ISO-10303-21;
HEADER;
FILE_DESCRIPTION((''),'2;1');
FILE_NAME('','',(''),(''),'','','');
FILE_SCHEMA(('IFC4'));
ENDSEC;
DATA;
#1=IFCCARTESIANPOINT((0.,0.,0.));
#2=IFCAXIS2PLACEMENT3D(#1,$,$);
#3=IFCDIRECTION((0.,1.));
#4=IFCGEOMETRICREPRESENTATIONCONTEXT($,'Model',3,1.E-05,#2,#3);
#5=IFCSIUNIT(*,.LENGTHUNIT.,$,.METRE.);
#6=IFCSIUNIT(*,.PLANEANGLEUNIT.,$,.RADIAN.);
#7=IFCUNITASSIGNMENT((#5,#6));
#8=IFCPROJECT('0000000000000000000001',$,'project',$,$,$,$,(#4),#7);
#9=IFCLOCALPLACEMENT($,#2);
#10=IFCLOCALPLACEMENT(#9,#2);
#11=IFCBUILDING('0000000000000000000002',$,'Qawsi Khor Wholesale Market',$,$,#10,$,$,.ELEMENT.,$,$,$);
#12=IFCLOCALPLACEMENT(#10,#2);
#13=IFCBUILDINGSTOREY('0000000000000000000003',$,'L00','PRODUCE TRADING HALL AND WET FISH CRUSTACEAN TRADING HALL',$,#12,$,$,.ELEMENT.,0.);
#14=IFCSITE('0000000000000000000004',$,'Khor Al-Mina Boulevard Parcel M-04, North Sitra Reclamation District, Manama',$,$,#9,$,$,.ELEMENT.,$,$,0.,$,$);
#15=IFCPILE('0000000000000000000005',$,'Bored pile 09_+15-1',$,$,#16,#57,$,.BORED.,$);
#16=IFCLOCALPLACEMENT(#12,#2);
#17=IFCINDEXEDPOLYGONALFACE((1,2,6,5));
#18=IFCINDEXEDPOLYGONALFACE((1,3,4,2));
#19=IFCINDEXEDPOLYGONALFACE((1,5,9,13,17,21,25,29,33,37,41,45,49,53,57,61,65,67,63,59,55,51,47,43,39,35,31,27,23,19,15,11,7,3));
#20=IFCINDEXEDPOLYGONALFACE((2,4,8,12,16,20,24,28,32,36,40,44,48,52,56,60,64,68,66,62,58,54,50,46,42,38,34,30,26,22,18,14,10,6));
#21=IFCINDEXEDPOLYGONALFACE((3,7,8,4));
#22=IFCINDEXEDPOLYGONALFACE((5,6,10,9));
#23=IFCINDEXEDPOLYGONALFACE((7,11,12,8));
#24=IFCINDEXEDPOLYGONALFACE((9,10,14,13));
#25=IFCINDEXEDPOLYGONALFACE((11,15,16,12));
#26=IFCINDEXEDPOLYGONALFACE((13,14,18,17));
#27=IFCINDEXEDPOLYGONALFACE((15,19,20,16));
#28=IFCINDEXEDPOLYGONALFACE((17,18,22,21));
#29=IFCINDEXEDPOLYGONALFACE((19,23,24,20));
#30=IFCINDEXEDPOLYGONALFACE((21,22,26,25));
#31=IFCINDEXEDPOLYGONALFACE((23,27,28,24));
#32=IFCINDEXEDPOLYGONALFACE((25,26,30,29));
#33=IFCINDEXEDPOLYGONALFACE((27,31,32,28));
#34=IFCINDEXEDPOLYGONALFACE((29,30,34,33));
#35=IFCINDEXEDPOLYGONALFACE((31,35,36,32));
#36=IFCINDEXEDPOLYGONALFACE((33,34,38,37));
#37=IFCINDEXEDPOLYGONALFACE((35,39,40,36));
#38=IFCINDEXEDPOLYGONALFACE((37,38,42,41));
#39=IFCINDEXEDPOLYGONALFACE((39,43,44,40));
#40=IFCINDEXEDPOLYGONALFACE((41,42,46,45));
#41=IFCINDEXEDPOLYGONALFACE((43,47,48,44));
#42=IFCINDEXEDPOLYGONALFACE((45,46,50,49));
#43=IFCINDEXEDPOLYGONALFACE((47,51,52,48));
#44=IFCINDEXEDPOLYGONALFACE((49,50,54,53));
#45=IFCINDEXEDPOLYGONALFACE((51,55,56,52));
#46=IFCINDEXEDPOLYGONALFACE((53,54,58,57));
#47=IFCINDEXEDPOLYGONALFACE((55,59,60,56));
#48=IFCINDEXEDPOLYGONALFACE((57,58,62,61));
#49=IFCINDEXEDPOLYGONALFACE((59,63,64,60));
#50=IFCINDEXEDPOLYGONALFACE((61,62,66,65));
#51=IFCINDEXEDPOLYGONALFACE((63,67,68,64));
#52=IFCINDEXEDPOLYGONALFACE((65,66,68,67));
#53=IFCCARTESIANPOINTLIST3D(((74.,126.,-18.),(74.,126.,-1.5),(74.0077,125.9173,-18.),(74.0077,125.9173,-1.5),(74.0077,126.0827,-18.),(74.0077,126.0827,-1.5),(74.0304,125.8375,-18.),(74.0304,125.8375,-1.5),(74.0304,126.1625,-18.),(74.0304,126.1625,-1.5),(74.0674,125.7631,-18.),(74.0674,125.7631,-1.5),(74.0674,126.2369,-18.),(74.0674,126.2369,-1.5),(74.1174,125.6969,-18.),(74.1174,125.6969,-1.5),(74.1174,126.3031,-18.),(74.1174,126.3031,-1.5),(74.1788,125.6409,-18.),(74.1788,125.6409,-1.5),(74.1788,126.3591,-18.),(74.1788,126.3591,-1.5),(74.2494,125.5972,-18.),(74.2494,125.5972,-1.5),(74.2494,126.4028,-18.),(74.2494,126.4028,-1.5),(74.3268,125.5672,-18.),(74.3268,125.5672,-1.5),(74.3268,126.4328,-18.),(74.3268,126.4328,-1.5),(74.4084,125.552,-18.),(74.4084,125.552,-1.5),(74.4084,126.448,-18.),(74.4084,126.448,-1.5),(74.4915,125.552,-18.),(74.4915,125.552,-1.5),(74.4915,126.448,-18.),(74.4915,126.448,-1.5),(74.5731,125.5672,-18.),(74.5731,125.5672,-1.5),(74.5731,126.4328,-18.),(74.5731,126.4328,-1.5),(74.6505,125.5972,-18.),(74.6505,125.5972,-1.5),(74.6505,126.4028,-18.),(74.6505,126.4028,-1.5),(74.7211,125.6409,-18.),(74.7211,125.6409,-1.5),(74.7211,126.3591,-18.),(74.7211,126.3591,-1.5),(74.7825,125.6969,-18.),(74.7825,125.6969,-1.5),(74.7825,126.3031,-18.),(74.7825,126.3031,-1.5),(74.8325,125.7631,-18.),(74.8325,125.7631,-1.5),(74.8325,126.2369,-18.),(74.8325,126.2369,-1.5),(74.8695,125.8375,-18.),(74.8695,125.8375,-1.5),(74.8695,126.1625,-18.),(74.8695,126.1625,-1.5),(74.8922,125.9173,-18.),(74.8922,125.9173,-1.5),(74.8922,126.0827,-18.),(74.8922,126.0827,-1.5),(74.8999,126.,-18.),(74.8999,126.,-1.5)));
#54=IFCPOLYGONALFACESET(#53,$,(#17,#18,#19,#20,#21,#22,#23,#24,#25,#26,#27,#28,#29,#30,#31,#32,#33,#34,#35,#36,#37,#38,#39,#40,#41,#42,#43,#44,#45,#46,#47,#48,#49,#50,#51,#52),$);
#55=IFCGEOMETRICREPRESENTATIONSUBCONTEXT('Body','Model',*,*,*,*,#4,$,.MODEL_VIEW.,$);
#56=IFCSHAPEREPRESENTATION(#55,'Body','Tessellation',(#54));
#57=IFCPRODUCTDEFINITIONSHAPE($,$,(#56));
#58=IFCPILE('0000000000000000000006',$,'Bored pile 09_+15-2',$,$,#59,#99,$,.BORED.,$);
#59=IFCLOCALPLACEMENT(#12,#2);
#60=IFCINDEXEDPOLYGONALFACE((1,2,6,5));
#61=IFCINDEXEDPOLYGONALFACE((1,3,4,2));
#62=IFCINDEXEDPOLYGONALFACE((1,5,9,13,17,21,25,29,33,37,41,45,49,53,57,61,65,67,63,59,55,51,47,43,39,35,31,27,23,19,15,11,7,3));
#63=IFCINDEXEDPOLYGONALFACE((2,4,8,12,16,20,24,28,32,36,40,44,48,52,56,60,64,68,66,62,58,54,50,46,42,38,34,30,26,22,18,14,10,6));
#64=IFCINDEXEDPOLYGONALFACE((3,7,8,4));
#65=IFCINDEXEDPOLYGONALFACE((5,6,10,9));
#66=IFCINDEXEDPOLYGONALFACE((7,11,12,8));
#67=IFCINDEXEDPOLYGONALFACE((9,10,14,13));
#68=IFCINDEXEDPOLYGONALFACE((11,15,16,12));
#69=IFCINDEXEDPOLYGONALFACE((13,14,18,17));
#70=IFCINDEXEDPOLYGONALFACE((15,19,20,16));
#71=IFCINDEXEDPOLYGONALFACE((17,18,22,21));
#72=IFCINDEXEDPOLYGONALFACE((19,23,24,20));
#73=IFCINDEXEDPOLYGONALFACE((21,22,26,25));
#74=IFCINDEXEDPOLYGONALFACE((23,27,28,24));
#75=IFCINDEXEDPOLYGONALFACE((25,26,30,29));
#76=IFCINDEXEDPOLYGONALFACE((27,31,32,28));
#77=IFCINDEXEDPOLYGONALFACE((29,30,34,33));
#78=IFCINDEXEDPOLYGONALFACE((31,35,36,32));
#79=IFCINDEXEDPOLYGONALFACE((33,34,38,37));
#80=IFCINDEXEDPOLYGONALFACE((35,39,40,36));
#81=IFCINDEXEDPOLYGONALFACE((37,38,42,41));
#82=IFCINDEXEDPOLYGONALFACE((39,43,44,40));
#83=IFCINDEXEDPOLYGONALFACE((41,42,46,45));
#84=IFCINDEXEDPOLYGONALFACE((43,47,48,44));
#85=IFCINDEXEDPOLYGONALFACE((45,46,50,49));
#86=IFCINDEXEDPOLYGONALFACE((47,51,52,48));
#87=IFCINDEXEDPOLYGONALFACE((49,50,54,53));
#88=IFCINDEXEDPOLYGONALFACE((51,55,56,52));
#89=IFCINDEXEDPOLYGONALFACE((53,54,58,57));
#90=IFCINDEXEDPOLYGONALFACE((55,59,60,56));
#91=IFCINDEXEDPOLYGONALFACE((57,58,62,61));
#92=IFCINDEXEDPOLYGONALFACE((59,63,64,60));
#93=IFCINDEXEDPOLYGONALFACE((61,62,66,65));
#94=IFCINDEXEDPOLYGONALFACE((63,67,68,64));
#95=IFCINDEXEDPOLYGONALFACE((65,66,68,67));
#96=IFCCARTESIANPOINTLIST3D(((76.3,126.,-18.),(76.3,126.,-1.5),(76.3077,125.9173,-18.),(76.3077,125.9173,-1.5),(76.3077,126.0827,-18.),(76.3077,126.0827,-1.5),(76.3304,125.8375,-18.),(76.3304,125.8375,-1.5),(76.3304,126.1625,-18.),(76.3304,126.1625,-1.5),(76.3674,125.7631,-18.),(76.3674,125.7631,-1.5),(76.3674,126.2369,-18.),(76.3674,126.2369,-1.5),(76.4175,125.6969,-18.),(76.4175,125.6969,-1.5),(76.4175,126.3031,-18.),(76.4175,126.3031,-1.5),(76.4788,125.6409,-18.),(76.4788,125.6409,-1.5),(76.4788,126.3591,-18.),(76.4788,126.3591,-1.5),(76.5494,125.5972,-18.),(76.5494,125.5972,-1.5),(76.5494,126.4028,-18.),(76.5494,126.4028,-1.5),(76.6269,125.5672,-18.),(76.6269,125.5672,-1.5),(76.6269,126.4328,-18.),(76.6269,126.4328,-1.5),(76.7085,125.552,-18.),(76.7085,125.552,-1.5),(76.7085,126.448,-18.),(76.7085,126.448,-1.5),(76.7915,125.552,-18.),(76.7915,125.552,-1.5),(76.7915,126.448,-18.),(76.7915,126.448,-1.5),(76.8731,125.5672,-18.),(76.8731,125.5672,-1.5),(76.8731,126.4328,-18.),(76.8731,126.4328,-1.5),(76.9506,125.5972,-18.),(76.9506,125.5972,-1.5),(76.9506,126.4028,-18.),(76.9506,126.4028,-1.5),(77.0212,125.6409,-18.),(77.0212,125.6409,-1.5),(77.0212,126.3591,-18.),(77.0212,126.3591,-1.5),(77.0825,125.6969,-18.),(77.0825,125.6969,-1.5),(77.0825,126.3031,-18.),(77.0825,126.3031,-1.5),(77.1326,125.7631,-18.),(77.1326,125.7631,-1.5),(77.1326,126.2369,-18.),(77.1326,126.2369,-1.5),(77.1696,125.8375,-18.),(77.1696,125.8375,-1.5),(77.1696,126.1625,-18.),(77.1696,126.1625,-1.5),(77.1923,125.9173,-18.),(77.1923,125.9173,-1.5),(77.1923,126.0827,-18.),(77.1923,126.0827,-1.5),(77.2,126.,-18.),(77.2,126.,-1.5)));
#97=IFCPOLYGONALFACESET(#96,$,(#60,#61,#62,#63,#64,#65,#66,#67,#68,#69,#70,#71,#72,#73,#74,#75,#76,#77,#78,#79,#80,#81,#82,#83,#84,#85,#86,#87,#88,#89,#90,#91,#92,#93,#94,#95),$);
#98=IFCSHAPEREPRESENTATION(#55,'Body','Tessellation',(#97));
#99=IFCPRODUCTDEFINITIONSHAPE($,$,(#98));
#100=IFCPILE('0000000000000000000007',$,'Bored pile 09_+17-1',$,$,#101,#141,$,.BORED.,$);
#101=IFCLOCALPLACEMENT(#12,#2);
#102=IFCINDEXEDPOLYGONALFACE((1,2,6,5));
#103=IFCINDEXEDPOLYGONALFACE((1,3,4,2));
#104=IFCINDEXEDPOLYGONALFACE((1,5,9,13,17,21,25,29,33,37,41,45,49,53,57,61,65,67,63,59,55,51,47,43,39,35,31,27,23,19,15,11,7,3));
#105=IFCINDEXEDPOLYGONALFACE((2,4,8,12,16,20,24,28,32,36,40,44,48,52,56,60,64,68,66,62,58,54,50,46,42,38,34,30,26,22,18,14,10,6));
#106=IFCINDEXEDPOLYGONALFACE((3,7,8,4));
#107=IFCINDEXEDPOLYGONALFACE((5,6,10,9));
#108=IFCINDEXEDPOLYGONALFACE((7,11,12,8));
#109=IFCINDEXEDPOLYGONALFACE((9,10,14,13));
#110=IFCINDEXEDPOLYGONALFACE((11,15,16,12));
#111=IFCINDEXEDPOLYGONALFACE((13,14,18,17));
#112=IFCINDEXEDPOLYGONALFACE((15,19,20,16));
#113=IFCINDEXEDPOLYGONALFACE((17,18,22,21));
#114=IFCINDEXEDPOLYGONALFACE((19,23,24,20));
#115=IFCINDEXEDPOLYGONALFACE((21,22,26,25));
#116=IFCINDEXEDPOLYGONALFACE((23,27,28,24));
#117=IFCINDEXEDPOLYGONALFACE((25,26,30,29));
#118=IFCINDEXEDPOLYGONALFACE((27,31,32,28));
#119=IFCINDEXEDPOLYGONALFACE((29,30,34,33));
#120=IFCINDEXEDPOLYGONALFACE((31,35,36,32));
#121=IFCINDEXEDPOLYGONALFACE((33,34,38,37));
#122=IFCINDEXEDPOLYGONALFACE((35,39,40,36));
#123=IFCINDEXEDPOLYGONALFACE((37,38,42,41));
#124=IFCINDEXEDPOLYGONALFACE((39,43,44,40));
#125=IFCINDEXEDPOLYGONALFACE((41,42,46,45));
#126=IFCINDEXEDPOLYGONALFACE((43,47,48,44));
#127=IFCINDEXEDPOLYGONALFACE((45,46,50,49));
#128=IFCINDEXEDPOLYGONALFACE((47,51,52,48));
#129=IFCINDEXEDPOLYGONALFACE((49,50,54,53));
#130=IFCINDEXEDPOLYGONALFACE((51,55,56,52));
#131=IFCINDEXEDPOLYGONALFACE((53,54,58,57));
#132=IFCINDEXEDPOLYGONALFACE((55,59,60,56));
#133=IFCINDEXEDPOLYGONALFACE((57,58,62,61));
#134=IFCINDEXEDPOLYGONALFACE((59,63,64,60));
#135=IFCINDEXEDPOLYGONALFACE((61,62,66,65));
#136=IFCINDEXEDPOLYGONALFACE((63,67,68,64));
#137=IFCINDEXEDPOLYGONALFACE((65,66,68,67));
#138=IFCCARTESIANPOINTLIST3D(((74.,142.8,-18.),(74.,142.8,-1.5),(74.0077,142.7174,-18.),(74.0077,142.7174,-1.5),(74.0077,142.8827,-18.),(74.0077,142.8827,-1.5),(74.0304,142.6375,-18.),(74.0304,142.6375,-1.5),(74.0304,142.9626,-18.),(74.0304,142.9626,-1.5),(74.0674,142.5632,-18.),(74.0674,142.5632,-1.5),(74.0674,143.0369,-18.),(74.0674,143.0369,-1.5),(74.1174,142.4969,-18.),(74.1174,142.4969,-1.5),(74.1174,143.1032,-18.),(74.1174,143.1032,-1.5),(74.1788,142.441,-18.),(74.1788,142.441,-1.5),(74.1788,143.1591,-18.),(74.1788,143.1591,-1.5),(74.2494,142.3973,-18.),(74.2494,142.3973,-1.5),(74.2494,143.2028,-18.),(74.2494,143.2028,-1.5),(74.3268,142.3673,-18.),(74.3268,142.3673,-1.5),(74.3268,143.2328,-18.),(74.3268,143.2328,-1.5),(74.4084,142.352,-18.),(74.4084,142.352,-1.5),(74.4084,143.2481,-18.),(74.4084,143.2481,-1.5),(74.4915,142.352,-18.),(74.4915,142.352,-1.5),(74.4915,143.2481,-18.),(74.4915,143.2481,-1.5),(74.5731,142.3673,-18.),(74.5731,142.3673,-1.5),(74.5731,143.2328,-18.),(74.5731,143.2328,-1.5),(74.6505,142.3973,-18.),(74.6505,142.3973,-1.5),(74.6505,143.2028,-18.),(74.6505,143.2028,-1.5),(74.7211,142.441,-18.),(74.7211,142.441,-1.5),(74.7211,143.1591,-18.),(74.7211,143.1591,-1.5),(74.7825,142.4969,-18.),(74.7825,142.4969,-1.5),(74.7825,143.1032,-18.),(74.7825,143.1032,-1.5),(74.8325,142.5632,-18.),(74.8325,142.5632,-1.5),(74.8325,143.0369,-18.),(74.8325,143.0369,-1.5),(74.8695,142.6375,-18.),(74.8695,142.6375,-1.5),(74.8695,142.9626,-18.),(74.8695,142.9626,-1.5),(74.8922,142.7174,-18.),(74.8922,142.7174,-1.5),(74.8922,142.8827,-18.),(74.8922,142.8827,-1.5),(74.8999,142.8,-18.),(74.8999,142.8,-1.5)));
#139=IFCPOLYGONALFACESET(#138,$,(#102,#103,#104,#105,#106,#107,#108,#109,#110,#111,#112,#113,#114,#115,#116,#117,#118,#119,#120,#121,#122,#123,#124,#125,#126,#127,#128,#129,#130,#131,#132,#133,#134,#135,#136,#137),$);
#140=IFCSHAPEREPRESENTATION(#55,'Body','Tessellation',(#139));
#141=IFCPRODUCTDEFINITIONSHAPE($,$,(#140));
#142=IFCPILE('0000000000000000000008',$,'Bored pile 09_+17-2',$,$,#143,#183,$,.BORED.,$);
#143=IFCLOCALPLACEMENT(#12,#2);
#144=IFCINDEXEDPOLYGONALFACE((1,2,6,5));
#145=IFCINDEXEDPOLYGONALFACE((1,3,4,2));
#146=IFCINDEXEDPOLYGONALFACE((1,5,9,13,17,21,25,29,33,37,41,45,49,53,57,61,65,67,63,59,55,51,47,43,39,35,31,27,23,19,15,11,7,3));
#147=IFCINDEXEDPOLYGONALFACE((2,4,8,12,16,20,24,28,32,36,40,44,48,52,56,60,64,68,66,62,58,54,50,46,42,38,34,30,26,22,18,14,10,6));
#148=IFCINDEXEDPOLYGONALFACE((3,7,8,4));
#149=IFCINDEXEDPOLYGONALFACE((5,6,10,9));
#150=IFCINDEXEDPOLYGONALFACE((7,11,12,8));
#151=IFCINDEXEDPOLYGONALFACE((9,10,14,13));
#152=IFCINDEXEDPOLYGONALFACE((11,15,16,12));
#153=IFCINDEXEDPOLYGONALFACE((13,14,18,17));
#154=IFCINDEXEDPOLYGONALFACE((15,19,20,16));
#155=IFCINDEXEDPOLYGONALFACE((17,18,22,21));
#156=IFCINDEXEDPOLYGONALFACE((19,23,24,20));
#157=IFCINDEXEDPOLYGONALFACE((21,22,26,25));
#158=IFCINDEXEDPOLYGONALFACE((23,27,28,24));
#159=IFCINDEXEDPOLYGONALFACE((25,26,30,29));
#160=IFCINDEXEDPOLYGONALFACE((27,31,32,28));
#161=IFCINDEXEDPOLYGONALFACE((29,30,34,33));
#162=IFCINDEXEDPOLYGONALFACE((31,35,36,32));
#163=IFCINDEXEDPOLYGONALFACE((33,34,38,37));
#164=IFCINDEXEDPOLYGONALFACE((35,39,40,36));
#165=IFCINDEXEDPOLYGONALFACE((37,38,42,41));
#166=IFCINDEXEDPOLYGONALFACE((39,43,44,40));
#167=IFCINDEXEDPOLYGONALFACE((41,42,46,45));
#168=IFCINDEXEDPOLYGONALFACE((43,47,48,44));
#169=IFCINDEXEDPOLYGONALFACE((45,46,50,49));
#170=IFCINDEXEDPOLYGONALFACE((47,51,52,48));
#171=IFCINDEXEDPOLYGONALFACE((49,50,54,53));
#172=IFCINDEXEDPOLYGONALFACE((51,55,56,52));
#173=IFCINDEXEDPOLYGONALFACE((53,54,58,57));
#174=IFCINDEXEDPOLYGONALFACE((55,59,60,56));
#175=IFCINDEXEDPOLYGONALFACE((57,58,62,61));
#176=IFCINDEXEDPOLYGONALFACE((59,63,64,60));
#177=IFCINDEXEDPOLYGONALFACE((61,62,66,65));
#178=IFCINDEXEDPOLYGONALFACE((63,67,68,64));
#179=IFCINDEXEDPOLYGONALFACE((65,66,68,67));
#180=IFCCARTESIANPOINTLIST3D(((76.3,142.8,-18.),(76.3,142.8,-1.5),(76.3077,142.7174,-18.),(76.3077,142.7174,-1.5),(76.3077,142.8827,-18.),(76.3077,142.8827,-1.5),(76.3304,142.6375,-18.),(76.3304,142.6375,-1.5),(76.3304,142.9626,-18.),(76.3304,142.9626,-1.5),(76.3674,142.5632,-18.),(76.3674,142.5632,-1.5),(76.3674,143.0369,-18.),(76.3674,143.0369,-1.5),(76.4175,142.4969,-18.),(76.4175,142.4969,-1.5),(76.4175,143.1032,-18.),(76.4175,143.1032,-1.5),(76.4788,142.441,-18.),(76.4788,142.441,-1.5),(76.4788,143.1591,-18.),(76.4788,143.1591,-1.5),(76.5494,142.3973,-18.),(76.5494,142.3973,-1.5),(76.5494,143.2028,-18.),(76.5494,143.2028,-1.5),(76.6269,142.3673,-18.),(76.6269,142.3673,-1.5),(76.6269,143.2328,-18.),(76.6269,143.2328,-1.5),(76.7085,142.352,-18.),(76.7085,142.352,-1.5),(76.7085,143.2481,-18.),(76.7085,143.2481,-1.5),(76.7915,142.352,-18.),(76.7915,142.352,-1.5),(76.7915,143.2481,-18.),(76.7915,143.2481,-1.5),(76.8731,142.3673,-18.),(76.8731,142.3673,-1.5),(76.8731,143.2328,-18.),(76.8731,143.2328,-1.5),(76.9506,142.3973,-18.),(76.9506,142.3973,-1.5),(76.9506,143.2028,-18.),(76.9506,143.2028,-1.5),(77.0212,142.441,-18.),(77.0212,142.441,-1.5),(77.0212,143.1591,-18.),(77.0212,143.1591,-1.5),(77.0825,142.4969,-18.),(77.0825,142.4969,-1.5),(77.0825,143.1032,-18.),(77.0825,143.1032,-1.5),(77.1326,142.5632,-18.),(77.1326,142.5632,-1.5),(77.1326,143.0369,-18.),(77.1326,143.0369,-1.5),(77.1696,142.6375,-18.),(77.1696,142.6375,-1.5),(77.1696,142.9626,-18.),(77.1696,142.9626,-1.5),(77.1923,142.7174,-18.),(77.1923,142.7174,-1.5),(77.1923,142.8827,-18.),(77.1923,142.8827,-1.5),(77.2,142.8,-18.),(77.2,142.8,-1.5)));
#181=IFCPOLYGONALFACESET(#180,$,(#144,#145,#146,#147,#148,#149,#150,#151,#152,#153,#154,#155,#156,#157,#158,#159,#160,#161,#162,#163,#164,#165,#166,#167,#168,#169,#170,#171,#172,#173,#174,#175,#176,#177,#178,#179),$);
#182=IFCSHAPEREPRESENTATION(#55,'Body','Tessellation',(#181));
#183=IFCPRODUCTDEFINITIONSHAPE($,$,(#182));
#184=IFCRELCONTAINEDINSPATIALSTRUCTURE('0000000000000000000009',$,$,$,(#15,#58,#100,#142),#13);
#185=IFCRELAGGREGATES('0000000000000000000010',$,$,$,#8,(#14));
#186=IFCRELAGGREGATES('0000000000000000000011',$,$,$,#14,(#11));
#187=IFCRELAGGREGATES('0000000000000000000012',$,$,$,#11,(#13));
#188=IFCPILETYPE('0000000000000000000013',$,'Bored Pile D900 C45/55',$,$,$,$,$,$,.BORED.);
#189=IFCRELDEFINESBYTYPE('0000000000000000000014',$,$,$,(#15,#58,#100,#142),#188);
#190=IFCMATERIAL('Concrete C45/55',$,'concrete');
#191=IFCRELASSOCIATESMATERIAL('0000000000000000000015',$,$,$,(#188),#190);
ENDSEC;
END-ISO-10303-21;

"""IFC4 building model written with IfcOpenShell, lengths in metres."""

from ifc_helpers import new_model, si_unit, direction, frame, origin, origin_2d, place, context, subcontext, project, spatial, circle, extrude, material, material_profile, profile_set, type_object, element, save


model = new_model("IFC4")

# Units and contexts
model_context = context("Model", 3, precision=1e-05, world=origin(), true_north=direction((0.0, 1.0)))
body_context = subcontext(model_context, "Body", "Model", "MODEL_VIEW")
ifc_project = project(units=[si_unit("LENGTHUNIT", "METRE"), si_unit("PLANEANGLEUNIT", "RADIAN")], contexts=[model_context])

# Site, building, storey
site_placement = place(None, origin())
site = spatial("IfcSite", under=ifc_project, at=site_placement, Name="Khor Al-Mina Boulevard Parcel M-04, North Sitra Reclamation District, Manama", CompositionType="ELEMENT", RefElevation=0.0)
building_placement = place(site_placement, origin())
building = spatial("IfcBuilding", under=site, at=building_placement, Name="Qawsi Khor Wholesale Market", CompositionType="ELEMENT")
storey_placement = place(building_placement, origin())
storey = spatial("IfcBuildingStorey", under=building, at=storey_placement, Name="L00", Description="PRODUCE TRADING HALL AND WET FISH CRUSTACEAN TRADING HALL", CompositionType="ELEMENT", Elevation=0.0)

# Piles
ifc_material_1 = material(Name="Concrete C45/55", Category="concrete")
ifc_material_profile_1 = material_profile(ifc_material_1, circle(Radius=0.45, at=origin_2d()), Name="PILE D900")
ifc_profile_set_1 = profile_set([ifc_material_profile_1], Name="Concrete C45/55")
pile_type = type_object("IfcPileType", Name="Bored Pile D900 C45/55", PredefinedType="BORED", material=ifc_profile_set_1)
for number, where, z_axis, x_axis, name in (
    (1, (74.45, 126.0, -1.5), (0.0, 0.0, -1.0), (1.0, 0.0, 0.0), "Bored pile 09_+15-1"),
    (2, (76.75, 126.0, -1.5), (0.0, 0.0, -1.0), (1.0, 0.0, 0.0), "Bored pile 09_+15-2"),
    (3, (74.45, 142.8, -1.5), (0.0, 0.0, -1.0), (1.0, 0.0, 0.0), "Bored pile 09_+17-1"),
    (4, (76.75, 142.8, -1.5), (0.0, 0.0, -1.0), (1.0, 0.0, 0.0), "Bored pile 09_+17-2"),
):
    element("IfcPile", number, at=place(storey_placement, frame(where, z_axis=z_axis, x_axis=x_axis)), inside=storey, type_object=pile_type, Name=name, PredefinedType="BORED", context=body_context, shape_type="SweptSolid", body=[
        extrude(circle(Radius=0.45, at=origin_2d()), origin(), (0.0, 0.0, 1.0), 16.5),
    ])

save(model, "model.ifc")
